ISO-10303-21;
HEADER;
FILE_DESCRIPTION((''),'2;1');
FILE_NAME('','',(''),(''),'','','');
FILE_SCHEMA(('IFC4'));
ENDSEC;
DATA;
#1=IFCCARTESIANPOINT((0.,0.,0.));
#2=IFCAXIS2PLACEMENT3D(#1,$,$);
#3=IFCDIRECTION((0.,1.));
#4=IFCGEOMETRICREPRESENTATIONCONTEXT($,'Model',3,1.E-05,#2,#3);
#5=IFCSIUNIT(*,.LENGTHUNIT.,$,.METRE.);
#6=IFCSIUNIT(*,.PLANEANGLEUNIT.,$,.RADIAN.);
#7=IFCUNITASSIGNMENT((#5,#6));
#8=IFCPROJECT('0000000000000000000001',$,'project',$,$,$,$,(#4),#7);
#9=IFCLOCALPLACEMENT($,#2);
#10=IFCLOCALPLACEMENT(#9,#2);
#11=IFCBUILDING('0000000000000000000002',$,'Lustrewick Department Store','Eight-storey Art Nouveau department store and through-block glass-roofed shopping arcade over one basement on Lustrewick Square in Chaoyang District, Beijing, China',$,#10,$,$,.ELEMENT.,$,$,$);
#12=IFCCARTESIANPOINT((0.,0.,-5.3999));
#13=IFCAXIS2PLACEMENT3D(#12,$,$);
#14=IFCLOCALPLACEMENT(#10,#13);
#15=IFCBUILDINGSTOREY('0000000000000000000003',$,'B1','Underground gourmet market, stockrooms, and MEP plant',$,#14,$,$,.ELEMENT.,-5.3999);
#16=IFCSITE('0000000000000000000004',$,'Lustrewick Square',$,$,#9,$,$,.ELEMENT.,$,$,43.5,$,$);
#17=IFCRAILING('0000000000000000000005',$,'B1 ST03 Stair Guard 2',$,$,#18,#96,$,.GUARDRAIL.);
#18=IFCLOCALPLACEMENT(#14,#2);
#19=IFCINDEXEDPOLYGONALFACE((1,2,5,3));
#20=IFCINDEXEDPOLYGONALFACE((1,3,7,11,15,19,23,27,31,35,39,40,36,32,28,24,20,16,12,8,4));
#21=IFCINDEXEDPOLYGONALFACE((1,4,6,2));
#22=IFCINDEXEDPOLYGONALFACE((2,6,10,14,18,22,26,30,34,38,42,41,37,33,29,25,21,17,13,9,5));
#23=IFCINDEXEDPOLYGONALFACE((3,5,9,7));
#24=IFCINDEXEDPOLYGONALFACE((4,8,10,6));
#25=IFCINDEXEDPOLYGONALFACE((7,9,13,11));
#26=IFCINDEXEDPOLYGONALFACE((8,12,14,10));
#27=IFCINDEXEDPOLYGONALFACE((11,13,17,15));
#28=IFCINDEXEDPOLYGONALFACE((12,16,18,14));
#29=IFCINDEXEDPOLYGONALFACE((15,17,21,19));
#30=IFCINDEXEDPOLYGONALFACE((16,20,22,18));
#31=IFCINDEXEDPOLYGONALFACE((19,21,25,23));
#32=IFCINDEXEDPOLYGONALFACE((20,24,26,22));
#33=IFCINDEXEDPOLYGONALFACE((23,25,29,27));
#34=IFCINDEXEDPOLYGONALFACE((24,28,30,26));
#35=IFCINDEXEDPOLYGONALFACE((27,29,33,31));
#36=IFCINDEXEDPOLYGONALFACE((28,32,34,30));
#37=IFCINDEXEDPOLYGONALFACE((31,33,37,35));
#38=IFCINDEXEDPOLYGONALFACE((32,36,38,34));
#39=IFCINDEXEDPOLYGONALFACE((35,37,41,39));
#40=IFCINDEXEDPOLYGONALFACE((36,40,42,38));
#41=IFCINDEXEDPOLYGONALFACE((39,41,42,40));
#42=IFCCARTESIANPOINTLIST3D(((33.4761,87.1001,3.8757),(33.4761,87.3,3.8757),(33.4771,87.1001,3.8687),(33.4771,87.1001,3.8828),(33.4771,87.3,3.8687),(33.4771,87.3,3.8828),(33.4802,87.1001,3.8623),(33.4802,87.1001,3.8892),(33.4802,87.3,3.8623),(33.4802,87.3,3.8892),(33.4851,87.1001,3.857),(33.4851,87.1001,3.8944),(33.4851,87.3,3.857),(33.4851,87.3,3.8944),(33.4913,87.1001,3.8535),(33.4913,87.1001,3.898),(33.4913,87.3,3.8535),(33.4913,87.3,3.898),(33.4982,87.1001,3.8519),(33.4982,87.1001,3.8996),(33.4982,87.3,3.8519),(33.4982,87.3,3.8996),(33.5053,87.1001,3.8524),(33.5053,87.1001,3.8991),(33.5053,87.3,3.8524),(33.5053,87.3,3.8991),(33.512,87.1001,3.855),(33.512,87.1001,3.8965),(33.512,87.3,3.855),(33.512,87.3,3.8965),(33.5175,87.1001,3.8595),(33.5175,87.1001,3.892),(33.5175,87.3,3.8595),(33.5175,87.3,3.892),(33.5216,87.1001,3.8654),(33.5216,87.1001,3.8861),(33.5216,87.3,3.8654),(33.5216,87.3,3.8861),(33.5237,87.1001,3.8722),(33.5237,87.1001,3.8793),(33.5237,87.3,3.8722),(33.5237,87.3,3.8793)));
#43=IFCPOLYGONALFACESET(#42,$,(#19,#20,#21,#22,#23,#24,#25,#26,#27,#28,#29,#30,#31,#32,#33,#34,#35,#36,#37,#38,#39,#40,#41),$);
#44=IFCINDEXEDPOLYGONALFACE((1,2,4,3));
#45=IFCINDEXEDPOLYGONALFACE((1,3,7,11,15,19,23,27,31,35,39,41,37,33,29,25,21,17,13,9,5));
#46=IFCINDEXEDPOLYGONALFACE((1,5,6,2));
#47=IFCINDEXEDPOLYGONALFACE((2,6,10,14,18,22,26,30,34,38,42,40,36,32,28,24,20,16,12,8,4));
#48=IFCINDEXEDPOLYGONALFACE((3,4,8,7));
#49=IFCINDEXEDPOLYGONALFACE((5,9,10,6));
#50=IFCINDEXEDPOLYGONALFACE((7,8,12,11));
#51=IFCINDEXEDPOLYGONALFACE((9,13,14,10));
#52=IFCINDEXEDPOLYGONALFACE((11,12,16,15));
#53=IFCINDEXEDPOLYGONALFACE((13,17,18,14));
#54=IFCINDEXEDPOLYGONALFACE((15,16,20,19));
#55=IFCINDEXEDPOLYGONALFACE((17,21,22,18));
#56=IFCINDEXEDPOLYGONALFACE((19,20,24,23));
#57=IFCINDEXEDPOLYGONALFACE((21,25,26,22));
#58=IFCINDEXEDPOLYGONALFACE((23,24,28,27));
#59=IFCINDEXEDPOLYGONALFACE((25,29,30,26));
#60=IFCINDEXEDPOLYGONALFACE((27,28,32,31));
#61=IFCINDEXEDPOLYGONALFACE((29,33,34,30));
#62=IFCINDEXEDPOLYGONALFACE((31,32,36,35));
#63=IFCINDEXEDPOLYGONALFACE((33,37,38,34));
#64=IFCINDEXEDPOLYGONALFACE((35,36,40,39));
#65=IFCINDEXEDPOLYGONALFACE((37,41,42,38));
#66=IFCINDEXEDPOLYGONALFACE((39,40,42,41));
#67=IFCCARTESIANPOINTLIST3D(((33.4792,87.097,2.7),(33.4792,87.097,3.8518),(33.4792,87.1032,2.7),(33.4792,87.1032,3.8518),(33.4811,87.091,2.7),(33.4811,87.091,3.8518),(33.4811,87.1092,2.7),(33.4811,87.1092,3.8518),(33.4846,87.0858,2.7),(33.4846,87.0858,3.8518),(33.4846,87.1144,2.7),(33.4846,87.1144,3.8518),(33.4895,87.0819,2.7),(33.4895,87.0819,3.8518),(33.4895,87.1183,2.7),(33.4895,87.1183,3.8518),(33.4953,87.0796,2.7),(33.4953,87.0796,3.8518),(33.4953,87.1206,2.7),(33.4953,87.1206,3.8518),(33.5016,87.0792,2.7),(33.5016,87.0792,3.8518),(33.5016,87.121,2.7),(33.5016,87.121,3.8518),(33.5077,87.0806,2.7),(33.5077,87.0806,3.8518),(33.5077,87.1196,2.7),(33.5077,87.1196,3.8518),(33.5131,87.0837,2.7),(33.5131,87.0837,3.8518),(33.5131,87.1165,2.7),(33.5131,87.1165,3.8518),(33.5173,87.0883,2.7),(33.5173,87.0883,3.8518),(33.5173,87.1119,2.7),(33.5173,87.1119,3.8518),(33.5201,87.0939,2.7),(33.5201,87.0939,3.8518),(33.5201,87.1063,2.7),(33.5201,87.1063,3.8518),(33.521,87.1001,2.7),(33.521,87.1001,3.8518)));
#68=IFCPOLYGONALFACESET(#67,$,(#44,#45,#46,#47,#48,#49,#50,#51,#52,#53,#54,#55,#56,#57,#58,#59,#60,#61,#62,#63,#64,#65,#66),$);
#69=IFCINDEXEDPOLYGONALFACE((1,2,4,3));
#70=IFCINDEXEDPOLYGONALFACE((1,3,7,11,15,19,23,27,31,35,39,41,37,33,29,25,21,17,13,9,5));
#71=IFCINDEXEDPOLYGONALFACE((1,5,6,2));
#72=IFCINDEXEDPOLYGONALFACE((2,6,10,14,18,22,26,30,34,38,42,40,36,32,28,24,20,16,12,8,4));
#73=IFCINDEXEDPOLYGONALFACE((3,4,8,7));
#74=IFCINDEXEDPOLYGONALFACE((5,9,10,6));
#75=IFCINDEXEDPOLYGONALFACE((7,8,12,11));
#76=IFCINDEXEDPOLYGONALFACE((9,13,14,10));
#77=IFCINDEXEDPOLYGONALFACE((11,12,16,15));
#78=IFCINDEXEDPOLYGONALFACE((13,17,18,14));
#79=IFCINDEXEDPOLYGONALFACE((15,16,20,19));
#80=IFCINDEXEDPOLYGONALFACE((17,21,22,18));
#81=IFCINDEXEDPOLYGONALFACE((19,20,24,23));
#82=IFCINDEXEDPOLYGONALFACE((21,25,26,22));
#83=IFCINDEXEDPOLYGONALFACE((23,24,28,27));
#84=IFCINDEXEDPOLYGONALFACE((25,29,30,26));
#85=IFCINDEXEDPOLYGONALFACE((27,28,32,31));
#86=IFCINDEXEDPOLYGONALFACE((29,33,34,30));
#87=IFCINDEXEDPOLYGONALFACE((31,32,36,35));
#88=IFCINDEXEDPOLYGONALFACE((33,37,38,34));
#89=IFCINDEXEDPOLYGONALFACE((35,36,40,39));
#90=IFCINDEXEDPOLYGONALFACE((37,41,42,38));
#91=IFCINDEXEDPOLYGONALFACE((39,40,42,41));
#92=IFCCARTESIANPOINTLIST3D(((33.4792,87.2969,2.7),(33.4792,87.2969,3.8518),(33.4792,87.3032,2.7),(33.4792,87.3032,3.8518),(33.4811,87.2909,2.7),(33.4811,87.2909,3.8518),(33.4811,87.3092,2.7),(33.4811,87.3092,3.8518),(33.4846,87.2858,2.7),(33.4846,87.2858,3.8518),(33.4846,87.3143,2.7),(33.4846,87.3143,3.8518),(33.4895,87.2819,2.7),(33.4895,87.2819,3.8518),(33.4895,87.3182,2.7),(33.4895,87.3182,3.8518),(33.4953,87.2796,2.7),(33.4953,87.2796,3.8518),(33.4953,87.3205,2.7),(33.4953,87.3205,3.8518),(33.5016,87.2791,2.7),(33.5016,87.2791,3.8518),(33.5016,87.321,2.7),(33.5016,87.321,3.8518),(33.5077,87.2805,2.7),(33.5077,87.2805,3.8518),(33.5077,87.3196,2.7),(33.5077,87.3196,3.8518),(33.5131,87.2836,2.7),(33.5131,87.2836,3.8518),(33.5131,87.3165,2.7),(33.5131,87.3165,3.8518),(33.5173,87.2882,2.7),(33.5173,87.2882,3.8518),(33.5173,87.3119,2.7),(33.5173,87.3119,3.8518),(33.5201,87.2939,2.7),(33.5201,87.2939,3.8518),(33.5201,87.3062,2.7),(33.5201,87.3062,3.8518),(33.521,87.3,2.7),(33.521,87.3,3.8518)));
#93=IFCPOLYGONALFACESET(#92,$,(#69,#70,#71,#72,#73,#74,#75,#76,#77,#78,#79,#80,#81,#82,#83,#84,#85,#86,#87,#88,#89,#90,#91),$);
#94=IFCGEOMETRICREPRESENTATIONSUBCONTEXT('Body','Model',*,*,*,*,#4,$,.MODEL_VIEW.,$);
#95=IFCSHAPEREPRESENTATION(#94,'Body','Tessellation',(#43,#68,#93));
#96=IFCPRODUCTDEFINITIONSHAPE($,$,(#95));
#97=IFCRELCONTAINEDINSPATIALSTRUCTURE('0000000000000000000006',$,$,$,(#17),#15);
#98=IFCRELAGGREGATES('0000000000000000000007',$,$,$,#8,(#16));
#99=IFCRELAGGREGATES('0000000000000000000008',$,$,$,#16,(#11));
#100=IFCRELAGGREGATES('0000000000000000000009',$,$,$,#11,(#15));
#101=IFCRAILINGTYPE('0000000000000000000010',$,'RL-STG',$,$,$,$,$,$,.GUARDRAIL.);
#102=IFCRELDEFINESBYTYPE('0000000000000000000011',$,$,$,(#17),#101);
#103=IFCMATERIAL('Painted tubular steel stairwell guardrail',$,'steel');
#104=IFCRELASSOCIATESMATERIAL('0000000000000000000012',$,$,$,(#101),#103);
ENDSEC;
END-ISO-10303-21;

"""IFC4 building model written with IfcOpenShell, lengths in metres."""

from ifc_helpers import new_model, si_unit, direction, frame, origin, origin_2d, place, context, subcontext, project, spatial, circle, extrude, material, type_object, element, save


model = new_model("IFC4")

# Units and contexts
model_context = context("Model", 3, precision=1e-05, world=origin(), true_north=direction((0.0, 1.0)))
body_context = subcontext(model_context, "Body", "Model", "MODEL_VIEW")
ifc_project = project(units=[si_unit("LENGTHUNIT", "METRE"), si_unit("PLANEANGLEUNIT", "RADIAN")], contexts=[model_context])

# Site, building, storey
site_placement = place(None, origin())
site = spatial("IfcSite", under=ifc_project, at=site_placement, Name="Lustrewick Square", CompositionType="ELEMENT", RefElevation=43.5)
building_placement = place(site_placement, origin())
building = spatial("IfcBuilding", under=site, at=building_placement, Name="Lustrewick Department Store", Description="Eight-storey Art Nouveau department store and through-block glass-roofed shopping arcade over one basement on Lustrewick Square in Chaoyang District, Beijing, China", CompositionType="ELEMENT")
storey_placement = place(building_placement, frame((0.0, 0.0, -5.3999)))
storey = spatial("IfcBuildingStorey", under=building, at=storey_placement, Name="B1", Description="Underground gourmet market, stockrooms, and MEP plant", CompositionType="ELEMENT", Elevation=-5.3999)

# Railing
ifc_material_1 = material(Name="Painted tubular steel stairwell guardrail", Category="steel")
railing_type_1 = type_object("IfcRailingType", Name="RL-STG", PredefinedType="GUARDRAIL", material=ifc_material_1)
railing_1_placement = place(storey_placement, frame((33.5, 87.1001, 2.7)))
element("IfcRailing", 1, at=railing_1_placement, inside=storey, type_object=railing_type_1, Name="B1 ST03 Stair Guard 2", PredefinedType="GUARDRAIL", context=body_context, shape_type="SweptSolid", body=[
    extrude(circle(Radius=0.0239, at=origin_2d()), frame((0.0, 0.0, 1.1758), z_axis=(0.0, 1.0, 0.0), x_axis=(-1.0, 0.0, 0.0)), (0.0, 0.0, 1.0), 0.2),
    extrude(circle(Radius=0.021, at=origin_2d()), origin(), (0.0, 0.0, 1.0), 1.1519),
    extrude(circle(Radius=0.021, at=origin_2d()), frame((0.0, 0.2, 0.0)), (0.0, 0.0, 1.0), 1.1519),
])

save(model, "model.ifc")
